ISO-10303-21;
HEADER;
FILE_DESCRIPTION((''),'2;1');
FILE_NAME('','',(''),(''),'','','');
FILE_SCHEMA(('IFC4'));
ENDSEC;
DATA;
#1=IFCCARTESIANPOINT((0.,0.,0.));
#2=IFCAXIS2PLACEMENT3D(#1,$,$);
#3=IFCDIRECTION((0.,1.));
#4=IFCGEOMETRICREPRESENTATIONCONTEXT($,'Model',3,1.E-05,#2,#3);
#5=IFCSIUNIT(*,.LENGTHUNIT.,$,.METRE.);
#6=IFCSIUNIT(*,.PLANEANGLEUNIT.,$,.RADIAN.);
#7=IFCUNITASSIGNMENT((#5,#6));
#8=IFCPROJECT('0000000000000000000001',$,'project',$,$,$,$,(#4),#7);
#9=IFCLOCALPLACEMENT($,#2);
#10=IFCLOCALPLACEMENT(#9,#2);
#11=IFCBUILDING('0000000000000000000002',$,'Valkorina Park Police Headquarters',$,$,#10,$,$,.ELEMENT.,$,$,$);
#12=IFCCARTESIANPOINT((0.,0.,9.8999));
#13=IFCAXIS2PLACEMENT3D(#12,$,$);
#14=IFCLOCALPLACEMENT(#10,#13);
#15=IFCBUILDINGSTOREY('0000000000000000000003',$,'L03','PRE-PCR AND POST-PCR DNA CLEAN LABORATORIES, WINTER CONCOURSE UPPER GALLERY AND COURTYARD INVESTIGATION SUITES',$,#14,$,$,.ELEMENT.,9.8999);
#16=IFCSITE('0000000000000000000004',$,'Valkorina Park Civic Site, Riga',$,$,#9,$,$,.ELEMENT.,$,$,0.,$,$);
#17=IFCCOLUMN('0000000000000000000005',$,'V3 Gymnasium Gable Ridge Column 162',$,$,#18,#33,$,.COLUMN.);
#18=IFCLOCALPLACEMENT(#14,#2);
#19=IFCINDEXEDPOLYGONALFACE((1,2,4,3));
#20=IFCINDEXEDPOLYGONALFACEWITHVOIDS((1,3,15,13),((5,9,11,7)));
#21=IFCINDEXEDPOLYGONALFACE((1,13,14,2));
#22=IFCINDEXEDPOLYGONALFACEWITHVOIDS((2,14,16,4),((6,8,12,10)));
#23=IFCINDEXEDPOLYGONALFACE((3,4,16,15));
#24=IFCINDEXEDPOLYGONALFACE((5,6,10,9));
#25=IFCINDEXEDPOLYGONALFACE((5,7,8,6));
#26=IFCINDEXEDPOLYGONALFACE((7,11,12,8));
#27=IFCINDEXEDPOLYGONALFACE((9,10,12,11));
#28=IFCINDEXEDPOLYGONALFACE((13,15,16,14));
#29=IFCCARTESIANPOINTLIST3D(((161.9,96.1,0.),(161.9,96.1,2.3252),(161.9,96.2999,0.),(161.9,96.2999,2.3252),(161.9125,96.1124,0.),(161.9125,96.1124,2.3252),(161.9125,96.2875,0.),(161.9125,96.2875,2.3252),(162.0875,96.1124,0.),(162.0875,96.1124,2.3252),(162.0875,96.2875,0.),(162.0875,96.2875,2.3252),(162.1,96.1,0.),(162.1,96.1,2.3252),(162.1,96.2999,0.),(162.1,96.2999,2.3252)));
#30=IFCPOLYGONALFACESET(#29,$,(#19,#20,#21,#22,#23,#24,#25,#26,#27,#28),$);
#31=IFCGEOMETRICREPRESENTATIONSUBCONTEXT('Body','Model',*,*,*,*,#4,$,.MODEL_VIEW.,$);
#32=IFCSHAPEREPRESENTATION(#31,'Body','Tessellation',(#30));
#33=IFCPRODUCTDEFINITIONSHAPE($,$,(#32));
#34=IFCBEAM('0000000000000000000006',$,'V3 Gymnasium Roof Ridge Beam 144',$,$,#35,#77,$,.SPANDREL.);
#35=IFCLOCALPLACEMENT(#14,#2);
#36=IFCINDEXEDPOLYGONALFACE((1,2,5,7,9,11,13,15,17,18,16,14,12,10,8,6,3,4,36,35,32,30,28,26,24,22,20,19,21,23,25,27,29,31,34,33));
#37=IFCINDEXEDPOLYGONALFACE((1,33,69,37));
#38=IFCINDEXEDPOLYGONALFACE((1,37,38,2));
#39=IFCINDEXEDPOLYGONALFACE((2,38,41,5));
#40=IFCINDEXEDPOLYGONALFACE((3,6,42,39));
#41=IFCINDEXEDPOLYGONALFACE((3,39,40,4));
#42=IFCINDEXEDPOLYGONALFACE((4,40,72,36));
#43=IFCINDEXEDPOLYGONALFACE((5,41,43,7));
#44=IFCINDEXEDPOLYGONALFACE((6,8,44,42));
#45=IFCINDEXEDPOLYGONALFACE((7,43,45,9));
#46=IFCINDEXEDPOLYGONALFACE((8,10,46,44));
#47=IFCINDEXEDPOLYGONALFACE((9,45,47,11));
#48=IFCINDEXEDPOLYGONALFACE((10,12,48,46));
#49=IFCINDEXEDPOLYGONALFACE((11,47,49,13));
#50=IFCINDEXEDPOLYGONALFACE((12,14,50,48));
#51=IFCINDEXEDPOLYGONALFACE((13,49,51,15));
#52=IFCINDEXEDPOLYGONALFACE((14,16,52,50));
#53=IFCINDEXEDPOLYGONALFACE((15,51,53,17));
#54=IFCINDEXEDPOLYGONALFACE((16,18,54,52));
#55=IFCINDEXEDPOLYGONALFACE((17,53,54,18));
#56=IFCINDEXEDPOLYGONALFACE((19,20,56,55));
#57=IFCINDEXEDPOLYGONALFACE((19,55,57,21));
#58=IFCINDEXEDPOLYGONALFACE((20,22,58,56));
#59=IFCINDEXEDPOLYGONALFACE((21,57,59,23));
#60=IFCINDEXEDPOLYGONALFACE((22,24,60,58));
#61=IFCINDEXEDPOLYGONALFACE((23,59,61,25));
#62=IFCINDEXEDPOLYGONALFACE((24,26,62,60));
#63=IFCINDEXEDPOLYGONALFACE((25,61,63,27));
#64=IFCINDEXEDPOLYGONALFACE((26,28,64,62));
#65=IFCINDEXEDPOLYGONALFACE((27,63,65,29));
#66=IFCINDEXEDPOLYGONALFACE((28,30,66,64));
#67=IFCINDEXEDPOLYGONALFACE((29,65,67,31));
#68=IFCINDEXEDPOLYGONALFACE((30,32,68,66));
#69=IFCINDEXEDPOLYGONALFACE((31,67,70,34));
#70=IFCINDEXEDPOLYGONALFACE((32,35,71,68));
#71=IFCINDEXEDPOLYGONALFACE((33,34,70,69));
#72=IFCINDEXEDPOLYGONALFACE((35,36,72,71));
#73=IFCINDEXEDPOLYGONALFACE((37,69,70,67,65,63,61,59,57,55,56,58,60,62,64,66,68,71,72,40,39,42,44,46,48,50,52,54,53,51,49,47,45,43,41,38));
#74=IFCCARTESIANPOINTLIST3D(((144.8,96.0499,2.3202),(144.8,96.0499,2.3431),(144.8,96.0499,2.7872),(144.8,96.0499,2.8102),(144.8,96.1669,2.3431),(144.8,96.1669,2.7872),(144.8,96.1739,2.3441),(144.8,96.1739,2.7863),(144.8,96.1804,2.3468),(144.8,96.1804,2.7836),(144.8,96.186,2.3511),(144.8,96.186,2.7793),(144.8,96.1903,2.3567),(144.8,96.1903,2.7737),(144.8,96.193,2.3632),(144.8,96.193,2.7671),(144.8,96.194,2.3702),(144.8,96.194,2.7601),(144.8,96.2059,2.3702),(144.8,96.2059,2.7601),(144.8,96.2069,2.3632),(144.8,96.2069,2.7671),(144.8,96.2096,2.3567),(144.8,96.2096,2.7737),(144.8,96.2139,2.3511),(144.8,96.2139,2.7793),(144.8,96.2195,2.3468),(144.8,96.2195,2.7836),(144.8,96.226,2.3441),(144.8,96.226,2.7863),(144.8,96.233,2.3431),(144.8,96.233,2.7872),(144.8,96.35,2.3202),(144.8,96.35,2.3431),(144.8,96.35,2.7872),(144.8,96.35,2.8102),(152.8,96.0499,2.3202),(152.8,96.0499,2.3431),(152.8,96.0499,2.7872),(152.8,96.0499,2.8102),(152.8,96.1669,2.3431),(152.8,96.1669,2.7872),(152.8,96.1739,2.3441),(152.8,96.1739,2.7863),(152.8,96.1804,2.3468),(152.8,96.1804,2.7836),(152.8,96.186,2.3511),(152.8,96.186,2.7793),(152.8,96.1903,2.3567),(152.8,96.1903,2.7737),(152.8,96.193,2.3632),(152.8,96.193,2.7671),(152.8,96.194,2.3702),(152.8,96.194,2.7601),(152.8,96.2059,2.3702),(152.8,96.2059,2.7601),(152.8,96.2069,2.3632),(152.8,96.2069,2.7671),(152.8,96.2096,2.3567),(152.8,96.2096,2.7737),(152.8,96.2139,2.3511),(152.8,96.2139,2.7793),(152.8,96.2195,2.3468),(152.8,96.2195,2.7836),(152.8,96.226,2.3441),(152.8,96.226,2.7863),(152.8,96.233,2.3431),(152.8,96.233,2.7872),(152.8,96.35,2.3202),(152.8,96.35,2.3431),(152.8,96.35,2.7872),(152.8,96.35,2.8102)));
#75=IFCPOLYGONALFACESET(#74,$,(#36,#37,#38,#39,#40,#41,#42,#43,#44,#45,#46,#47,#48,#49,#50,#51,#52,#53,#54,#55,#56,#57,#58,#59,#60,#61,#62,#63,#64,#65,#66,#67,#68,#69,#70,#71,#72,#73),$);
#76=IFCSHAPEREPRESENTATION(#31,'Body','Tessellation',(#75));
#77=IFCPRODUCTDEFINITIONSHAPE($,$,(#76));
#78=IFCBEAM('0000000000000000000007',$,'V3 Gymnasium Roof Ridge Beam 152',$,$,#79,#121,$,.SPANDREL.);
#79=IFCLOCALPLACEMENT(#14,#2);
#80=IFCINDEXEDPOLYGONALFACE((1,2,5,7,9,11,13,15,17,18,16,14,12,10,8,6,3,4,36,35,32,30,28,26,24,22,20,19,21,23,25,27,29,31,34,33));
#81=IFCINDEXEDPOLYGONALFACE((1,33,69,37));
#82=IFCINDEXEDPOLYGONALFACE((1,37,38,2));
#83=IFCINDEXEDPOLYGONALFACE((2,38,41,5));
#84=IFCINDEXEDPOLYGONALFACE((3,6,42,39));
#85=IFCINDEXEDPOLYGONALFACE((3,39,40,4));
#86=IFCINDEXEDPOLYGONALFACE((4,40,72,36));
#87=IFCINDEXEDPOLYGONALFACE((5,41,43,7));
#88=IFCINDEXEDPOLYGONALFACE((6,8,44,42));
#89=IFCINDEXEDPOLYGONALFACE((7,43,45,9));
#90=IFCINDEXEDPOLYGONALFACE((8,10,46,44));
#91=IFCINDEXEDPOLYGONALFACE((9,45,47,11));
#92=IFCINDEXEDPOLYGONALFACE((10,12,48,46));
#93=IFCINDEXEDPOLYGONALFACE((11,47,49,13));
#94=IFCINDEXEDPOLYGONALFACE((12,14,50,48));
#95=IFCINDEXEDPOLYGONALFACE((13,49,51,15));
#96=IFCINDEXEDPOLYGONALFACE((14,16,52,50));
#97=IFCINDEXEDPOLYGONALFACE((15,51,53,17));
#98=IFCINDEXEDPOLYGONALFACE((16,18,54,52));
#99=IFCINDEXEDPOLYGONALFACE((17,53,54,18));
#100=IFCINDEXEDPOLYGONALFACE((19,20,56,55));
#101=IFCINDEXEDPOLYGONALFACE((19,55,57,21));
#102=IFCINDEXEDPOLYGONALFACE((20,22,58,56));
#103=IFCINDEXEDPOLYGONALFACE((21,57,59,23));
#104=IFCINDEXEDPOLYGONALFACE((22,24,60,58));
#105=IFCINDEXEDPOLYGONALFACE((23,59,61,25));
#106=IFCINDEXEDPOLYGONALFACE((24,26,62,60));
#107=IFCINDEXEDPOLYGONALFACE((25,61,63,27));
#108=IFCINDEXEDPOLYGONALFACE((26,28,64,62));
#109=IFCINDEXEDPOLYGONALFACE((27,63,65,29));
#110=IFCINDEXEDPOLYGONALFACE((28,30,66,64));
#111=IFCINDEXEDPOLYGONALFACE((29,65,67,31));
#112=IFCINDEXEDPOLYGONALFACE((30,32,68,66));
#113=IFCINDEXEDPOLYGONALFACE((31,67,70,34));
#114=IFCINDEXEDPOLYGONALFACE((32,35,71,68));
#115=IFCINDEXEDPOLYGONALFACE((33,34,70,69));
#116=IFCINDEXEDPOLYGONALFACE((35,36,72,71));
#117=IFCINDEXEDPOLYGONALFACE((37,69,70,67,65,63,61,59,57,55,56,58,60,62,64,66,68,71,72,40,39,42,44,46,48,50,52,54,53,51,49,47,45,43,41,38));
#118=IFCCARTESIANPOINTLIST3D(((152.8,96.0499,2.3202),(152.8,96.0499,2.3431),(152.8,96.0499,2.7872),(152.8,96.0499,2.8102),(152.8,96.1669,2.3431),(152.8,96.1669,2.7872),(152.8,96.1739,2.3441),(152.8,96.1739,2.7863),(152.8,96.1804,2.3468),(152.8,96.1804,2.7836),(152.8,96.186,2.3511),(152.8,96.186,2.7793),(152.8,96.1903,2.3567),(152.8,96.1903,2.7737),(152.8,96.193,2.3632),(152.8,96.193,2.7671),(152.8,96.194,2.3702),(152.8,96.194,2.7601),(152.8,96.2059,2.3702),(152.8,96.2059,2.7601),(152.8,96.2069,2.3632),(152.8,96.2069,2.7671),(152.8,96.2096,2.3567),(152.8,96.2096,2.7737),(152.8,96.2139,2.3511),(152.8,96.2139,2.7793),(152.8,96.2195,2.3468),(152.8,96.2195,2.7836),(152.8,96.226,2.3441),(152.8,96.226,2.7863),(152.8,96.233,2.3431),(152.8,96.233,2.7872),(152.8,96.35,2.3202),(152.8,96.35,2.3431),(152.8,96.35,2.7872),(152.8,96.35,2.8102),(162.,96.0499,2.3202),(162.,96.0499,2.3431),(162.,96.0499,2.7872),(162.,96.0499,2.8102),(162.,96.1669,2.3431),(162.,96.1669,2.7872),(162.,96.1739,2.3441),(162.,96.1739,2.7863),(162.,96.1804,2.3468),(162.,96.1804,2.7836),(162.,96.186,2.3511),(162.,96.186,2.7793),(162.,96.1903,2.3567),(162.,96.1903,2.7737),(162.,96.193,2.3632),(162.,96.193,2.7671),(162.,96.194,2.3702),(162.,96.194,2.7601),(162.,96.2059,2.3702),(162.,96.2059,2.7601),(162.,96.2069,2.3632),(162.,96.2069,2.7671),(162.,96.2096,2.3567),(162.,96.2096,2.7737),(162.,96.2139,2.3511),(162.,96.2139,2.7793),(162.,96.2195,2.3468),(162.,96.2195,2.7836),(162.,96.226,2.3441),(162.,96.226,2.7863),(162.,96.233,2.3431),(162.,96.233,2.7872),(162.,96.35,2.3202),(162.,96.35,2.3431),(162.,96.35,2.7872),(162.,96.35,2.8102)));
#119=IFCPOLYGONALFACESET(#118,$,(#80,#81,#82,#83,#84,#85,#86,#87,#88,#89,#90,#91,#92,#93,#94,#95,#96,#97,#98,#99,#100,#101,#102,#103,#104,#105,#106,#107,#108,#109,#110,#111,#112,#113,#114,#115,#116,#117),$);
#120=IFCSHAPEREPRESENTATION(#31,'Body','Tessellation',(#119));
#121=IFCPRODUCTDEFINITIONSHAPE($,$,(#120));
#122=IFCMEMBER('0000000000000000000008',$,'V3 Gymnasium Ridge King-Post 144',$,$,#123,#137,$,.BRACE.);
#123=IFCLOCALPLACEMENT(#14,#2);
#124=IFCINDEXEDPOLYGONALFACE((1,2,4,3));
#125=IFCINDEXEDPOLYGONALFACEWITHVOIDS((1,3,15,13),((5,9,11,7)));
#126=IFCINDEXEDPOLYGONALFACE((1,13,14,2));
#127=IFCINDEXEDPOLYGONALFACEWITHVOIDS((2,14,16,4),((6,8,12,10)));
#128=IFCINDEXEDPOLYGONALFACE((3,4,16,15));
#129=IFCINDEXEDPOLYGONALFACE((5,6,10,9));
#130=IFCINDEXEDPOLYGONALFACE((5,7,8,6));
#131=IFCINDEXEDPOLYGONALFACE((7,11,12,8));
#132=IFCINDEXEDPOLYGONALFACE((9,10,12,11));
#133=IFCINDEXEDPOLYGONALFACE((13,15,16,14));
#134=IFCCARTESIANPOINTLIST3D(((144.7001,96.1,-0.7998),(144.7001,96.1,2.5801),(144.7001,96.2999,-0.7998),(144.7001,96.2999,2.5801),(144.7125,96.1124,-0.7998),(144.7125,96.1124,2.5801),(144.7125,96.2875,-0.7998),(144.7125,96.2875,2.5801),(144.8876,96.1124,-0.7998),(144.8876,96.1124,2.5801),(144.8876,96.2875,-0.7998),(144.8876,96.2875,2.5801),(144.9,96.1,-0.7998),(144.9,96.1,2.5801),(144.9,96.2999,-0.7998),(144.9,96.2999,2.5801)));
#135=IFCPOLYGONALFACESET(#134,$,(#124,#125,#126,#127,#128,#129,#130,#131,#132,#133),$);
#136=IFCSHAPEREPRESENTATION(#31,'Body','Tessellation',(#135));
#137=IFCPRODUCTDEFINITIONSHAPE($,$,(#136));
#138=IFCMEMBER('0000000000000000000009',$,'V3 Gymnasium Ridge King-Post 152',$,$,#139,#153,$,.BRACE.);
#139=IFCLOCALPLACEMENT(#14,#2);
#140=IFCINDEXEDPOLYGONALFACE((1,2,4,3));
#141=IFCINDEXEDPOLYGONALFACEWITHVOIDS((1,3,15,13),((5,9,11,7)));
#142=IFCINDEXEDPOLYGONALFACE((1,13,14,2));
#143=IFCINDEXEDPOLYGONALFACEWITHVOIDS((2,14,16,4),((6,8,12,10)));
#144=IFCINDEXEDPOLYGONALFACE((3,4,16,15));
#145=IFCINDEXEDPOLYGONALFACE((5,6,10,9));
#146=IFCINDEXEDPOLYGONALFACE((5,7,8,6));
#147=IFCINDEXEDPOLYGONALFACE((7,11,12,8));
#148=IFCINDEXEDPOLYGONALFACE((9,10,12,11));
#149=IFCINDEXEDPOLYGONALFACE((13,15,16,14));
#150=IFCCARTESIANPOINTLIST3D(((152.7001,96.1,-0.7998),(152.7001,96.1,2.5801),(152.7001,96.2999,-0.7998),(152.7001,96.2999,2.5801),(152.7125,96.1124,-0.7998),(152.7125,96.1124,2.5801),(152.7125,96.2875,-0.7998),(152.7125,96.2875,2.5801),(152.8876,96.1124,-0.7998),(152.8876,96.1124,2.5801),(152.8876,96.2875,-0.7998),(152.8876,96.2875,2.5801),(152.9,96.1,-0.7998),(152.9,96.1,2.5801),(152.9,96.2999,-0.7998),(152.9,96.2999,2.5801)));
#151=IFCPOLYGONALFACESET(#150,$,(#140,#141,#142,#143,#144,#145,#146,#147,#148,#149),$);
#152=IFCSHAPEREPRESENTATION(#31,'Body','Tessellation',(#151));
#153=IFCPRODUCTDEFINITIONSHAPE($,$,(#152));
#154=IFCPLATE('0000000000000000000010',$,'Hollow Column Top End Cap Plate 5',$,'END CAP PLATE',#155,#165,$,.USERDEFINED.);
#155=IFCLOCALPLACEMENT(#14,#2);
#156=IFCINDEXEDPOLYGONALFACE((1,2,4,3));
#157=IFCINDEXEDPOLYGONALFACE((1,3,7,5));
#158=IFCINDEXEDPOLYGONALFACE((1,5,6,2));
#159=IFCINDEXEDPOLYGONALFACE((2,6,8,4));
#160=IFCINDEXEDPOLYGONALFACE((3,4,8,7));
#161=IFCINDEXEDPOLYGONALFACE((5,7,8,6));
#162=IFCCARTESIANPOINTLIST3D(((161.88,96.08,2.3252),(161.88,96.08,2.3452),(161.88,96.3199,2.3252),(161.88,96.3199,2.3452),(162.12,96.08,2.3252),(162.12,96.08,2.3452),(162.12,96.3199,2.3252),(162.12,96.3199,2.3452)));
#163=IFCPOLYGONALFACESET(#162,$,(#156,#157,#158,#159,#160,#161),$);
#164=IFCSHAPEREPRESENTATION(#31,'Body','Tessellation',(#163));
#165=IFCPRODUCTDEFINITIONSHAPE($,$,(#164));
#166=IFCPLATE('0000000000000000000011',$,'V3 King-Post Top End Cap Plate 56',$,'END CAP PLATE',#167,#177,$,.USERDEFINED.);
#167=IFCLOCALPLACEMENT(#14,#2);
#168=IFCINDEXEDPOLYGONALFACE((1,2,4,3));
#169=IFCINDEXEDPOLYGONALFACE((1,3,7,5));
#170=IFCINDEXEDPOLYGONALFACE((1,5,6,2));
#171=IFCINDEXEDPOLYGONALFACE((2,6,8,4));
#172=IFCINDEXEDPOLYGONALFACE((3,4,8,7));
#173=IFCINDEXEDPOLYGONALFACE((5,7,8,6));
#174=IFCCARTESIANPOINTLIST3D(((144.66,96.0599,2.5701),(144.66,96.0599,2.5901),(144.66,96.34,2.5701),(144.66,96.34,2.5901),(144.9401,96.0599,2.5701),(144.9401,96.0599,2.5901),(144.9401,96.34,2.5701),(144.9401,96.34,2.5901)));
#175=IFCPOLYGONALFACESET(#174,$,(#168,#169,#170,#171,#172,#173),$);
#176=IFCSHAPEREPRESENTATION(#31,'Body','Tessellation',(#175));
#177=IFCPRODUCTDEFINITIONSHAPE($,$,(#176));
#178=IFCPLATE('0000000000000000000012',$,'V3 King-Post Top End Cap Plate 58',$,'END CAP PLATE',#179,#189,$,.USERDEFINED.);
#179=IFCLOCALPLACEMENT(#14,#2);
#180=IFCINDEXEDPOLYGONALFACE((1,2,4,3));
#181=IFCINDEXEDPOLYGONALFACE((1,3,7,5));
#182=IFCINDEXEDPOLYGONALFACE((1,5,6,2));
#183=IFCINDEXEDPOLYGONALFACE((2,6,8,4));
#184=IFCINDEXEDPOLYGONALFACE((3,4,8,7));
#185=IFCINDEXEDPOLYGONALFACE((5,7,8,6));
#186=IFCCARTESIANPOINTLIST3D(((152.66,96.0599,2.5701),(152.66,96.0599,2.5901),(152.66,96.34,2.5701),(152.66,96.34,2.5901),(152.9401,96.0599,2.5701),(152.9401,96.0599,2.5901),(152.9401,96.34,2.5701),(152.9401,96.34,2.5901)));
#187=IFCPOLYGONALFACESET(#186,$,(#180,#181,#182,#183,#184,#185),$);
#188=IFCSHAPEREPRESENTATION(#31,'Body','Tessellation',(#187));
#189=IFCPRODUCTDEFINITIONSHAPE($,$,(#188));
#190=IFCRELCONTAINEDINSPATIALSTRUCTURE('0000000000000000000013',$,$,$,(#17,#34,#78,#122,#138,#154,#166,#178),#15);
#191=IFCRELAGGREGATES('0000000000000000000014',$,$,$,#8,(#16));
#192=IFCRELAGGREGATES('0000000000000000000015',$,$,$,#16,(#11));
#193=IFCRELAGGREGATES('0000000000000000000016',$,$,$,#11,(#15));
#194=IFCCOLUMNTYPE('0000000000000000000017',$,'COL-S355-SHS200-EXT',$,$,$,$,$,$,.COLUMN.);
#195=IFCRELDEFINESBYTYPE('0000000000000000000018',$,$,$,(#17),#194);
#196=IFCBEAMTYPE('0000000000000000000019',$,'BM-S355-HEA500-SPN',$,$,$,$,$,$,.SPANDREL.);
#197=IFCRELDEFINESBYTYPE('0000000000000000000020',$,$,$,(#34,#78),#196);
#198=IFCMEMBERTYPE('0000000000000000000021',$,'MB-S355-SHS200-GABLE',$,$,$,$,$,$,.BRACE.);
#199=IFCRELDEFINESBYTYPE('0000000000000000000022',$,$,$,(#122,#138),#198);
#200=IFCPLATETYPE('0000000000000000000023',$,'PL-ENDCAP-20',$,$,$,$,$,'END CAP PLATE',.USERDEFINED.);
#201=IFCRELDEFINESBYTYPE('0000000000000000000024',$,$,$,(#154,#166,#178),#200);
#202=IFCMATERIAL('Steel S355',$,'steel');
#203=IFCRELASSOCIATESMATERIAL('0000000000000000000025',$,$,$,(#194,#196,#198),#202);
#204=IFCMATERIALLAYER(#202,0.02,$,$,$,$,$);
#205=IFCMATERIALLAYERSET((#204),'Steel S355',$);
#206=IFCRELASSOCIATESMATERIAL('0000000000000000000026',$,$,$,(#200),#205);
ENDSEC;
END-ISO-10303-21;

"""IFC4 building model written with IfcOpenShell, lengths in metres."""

from ifc_helpers import new_model, si_unit, direction, frame, origin, origin_2d, place, context, subcontext, project, spatial, rectangle, hollow_rectangle, i_section, extrude, material, layer, layer_set, material_profile, profile_set, type_object, element, save


model = new_model("IFC4")

# Units and contexts
model_context = context("Model", 3, precision=1e-05, world=origin(), true_north=direction((0.0, 1.0)))
body_context = subcontext(model_context, "Body", "Model", "MODEL_VIEW")
ifc_project = project(units=[si_unit("LENGTHUNIT", "METRE"), si_unit("PLANEANGLEUNIT", "RADIAN")], contexts=[model_context])

# Site, building, storey
site_placement = place(None, origin())
site = spatial("IfcSite", under=ifc_project, at=site_placement, Name="Valkorina Park Civic Site, Riga", CompositionType="ELEMENT", RefElevation=0.0)
building_placement = place(site_placement, origin())
building = spatial("IfcBuilding", under=site, at=building_placement, Name="Valkorina Park Police Headquarters", CompositionType="ELEMENT")
storey_placement = place(building_placement, frame((0.0, 0.0, 9.8999)))
storey = spatial("IfcBuildingStorey", under=building, at=storey_placement, Name="L03", Description="PRE-PCR AND POST-PCR DNA CLEAN LABORATORIES, WINTER CONCOURSE UPPER GALLERY AND COURTYARD INVESTIGATION SUITES", CompositionType="ELEMENT", Elevation=9.8999)

# Column
ifc_material_1 = material(Name="Steel S355", Category="steel")
ifc_material_profile_1 = material_profile(ifc_material_1, hollow_rectangle(XDim=0.2, YDim=0.2, WallThickness=0.0125, at=origin_2d()), Name="SHS 200x200x12.5")
ifc_profile_set_1 = profile_set([ifc_material_profile_1], Name="Steel S355")
column_type = type_object("IfcColumnType", Name="COL-S355-SHS200-EXT", PredefinedType="COLUMN", material=ifc_profile_set_1)
column_placement = place(storey_placement, frame((162.0, 96.2, 0.0), z_axis=(0.0, 0.0, 1.0), x_axis=(1.0, 0.0, 0.0)))
element("IfcColumn", 1, at=column_placement, inside=storey, type_object=column_type, Name="V3 Gymnasium Gable Ridge Column 162", PredefinedType="COLUMN", context=body_context, shape_type="SweptSolid", body=[
    extrude(hollow_rectangle(XDim=0.2, YDim=0.2, WallThickness=0.0125, at=origin_2d()), origin(), (0.0, 0.0, 1.0), 2.3252),
])

# Beams
ifc_material_profile_2 = material_profile(ifc_material_1, i_section(OverallWidth=0.3, OverallDepth=0.49, WebThickness=0.012, FlangeThickness=0.0229, FilletRadius=0.0271, at=origin_2d()), Name="HEA 500")
ifc_profile_set_2 = profile_set([ifc_material_profile_2], Name="Steel S355")
beam_type = type_object("IfcBeamType", Name="BM-S355-HEA500-SPN", PredefinedType="SPANDREL", material=ifc_profile_set_2)
beam_1_placement = place(storey_placement, frame((144.8, 96.2, 2.5652), z_axis=(1.0, 0.0, 0.0), x_axis=(0.0, 1.0, 0.0)))
element("IfcBeam", 2, at=beam_1_placement, inside=storey, type_object=beam_type, Name="V3 Gymnasium Roof Ridge Beam 144", PredefinedType="SPANDREL", context=body_context, shape_type="SweptSolid", body=[
    extrude(i_section(OverallWidth=0.3, OverallDepth=0.49, WebThickness=0.012, FlangeThickness=0.0229, FilletRadius=0.0271, at=origin_2d()), origin(), (0.0, 0.0, 1.0), 8.0),
])
beam_2_placement = place(storey_placement, frame((152.8, 96.2, 2.5652), z_axis=(1.0, 0.0, 0.0), x_axis=(0.0, 1.0, 0.0)))
element("IfcBeam", 3, at=beam_2_placement, inside=storey, type_object=beam_type, Name="V3 Gymnasium Roof Ridge Beam 152", PredefinedType="SPANDREL", context=body_context, shape_type="SweptSolid", body=[
    extrude(i_section(OverallWidth=0.3, OverallDepth=0.49, WebThickness=0.012, FlangeThickness=0.0229, FilletRadius=0.0271, at=origin_2d()), origin(), (0.0, 0.0, 1.0), 9.2),
])

# Members
ifc_material_profile_3 = material_profile(ifc_material_1, hollow_rectangle(XDim=0.2, YDim=0.2, WallThickness=0.0125, at=origin_2d()), Name="SHS 200x200x12.5")
ifc_profile_set_3 = profile_set([ifc_material_profile_3], Name="Steel S355")
member_type = type_object("IfcMemberType", Name="MB-S355-SHS200-GABLE", PredefinedType="BRACE", material=ifc_profile_set_3)
for number, where, z_axis, x_axis, name in (
    (4, (144.8, 96.2, -0.7998), (0.0, 0.0, 1.0), (1.0, 0.0, 0.0), "V3 Gymnasium Ridge King-Post 144"),
    (5, (152.8, 96.2, -0.7998), (0.0, 0.0, 1.0), (1.0, 0.0, 0.0), "V3 Gymnasium Ridge King-Post 152"),
):
    element("IfcMember", number, at=place(storey_placement, frame(where, z_axis=z_axis, x_axis=x_axis)), inside=storey, type_object=member_type, Name=name, PredefinedType="BRACE", context=body_context, shape_type="SweptSolid", body=[
        extrude(hollow_rectangle(XDim=0.2, YDim=0.2, WallThickness=0.0125, at=origin_2d()), origin(), (0.0, 0.0, 1.0), 3.3799),
    ])

# Plates
ifc_layer_1 = layer(ifc_material_1, 0.02)
ifc_layer_set_1 = layer_set([ifc_layer_1], Name="Steel S355")
plate_type_1 = type_object("IfcPlateType", Name="PL-ENDCAP-20", ElementType="END CAP PLATE", PredefinedType="USERDEFINED", material=ifc_layer_set_1)
plate_placement = place(storey_placement, frame((162.0, 96.2, 2.3252), z_axis=(0.0, 0.0, 1.0), x_axis=(1.0, 0.0, 0.0)))
element("IfcPlate", 6, at=plate_placement, inside=storey, type_object=plate_type_1, Name="Hollow Column Top End Cap Plate 5", ObjectType="END CAP PLATE", PredefinedType="USERDEFINED", context=body_context, shape_type="SweptSolid", body=[
    extrude(rectangle(XDim=0.24, YDim=0.24, at=origin_2d()), origin(), (0.0, 0.0, 1.0), 0.02),
])
for number, where, z_axis, x_axis, name in (
    (7, (144.8, 96.2, 2.5701), (0.0, 0.0, 1.0), (1.0, 0.0, 0.0), "V3 King-Post Top End Cap Plate 56"),
    (8, (152.8, 96.2, 2.5701), (0.0, 0.0, 1.0), (1.0, 0.0, 0.0), "V3 King-Post Top End Cap Plate 58"),
):
    element("IfcPlate", number, at=place(storey_placement, frame(where, z_axis=z_axis, x_axis=x_axis)), inside=storey, type_object=plate_type_1, Name=name, ObjectType="END CAP PLATE", PredefinedType="USERDEFINED", context=body_context, shape_type="SweptSolid", body=[
        extrude(rectangle(XDim=0.28, YDim=0.28, at=origin_2d()), origin(), (0.0, 0.0, 1.0), 0.02),
    ])

save(model, "model.ifc")
